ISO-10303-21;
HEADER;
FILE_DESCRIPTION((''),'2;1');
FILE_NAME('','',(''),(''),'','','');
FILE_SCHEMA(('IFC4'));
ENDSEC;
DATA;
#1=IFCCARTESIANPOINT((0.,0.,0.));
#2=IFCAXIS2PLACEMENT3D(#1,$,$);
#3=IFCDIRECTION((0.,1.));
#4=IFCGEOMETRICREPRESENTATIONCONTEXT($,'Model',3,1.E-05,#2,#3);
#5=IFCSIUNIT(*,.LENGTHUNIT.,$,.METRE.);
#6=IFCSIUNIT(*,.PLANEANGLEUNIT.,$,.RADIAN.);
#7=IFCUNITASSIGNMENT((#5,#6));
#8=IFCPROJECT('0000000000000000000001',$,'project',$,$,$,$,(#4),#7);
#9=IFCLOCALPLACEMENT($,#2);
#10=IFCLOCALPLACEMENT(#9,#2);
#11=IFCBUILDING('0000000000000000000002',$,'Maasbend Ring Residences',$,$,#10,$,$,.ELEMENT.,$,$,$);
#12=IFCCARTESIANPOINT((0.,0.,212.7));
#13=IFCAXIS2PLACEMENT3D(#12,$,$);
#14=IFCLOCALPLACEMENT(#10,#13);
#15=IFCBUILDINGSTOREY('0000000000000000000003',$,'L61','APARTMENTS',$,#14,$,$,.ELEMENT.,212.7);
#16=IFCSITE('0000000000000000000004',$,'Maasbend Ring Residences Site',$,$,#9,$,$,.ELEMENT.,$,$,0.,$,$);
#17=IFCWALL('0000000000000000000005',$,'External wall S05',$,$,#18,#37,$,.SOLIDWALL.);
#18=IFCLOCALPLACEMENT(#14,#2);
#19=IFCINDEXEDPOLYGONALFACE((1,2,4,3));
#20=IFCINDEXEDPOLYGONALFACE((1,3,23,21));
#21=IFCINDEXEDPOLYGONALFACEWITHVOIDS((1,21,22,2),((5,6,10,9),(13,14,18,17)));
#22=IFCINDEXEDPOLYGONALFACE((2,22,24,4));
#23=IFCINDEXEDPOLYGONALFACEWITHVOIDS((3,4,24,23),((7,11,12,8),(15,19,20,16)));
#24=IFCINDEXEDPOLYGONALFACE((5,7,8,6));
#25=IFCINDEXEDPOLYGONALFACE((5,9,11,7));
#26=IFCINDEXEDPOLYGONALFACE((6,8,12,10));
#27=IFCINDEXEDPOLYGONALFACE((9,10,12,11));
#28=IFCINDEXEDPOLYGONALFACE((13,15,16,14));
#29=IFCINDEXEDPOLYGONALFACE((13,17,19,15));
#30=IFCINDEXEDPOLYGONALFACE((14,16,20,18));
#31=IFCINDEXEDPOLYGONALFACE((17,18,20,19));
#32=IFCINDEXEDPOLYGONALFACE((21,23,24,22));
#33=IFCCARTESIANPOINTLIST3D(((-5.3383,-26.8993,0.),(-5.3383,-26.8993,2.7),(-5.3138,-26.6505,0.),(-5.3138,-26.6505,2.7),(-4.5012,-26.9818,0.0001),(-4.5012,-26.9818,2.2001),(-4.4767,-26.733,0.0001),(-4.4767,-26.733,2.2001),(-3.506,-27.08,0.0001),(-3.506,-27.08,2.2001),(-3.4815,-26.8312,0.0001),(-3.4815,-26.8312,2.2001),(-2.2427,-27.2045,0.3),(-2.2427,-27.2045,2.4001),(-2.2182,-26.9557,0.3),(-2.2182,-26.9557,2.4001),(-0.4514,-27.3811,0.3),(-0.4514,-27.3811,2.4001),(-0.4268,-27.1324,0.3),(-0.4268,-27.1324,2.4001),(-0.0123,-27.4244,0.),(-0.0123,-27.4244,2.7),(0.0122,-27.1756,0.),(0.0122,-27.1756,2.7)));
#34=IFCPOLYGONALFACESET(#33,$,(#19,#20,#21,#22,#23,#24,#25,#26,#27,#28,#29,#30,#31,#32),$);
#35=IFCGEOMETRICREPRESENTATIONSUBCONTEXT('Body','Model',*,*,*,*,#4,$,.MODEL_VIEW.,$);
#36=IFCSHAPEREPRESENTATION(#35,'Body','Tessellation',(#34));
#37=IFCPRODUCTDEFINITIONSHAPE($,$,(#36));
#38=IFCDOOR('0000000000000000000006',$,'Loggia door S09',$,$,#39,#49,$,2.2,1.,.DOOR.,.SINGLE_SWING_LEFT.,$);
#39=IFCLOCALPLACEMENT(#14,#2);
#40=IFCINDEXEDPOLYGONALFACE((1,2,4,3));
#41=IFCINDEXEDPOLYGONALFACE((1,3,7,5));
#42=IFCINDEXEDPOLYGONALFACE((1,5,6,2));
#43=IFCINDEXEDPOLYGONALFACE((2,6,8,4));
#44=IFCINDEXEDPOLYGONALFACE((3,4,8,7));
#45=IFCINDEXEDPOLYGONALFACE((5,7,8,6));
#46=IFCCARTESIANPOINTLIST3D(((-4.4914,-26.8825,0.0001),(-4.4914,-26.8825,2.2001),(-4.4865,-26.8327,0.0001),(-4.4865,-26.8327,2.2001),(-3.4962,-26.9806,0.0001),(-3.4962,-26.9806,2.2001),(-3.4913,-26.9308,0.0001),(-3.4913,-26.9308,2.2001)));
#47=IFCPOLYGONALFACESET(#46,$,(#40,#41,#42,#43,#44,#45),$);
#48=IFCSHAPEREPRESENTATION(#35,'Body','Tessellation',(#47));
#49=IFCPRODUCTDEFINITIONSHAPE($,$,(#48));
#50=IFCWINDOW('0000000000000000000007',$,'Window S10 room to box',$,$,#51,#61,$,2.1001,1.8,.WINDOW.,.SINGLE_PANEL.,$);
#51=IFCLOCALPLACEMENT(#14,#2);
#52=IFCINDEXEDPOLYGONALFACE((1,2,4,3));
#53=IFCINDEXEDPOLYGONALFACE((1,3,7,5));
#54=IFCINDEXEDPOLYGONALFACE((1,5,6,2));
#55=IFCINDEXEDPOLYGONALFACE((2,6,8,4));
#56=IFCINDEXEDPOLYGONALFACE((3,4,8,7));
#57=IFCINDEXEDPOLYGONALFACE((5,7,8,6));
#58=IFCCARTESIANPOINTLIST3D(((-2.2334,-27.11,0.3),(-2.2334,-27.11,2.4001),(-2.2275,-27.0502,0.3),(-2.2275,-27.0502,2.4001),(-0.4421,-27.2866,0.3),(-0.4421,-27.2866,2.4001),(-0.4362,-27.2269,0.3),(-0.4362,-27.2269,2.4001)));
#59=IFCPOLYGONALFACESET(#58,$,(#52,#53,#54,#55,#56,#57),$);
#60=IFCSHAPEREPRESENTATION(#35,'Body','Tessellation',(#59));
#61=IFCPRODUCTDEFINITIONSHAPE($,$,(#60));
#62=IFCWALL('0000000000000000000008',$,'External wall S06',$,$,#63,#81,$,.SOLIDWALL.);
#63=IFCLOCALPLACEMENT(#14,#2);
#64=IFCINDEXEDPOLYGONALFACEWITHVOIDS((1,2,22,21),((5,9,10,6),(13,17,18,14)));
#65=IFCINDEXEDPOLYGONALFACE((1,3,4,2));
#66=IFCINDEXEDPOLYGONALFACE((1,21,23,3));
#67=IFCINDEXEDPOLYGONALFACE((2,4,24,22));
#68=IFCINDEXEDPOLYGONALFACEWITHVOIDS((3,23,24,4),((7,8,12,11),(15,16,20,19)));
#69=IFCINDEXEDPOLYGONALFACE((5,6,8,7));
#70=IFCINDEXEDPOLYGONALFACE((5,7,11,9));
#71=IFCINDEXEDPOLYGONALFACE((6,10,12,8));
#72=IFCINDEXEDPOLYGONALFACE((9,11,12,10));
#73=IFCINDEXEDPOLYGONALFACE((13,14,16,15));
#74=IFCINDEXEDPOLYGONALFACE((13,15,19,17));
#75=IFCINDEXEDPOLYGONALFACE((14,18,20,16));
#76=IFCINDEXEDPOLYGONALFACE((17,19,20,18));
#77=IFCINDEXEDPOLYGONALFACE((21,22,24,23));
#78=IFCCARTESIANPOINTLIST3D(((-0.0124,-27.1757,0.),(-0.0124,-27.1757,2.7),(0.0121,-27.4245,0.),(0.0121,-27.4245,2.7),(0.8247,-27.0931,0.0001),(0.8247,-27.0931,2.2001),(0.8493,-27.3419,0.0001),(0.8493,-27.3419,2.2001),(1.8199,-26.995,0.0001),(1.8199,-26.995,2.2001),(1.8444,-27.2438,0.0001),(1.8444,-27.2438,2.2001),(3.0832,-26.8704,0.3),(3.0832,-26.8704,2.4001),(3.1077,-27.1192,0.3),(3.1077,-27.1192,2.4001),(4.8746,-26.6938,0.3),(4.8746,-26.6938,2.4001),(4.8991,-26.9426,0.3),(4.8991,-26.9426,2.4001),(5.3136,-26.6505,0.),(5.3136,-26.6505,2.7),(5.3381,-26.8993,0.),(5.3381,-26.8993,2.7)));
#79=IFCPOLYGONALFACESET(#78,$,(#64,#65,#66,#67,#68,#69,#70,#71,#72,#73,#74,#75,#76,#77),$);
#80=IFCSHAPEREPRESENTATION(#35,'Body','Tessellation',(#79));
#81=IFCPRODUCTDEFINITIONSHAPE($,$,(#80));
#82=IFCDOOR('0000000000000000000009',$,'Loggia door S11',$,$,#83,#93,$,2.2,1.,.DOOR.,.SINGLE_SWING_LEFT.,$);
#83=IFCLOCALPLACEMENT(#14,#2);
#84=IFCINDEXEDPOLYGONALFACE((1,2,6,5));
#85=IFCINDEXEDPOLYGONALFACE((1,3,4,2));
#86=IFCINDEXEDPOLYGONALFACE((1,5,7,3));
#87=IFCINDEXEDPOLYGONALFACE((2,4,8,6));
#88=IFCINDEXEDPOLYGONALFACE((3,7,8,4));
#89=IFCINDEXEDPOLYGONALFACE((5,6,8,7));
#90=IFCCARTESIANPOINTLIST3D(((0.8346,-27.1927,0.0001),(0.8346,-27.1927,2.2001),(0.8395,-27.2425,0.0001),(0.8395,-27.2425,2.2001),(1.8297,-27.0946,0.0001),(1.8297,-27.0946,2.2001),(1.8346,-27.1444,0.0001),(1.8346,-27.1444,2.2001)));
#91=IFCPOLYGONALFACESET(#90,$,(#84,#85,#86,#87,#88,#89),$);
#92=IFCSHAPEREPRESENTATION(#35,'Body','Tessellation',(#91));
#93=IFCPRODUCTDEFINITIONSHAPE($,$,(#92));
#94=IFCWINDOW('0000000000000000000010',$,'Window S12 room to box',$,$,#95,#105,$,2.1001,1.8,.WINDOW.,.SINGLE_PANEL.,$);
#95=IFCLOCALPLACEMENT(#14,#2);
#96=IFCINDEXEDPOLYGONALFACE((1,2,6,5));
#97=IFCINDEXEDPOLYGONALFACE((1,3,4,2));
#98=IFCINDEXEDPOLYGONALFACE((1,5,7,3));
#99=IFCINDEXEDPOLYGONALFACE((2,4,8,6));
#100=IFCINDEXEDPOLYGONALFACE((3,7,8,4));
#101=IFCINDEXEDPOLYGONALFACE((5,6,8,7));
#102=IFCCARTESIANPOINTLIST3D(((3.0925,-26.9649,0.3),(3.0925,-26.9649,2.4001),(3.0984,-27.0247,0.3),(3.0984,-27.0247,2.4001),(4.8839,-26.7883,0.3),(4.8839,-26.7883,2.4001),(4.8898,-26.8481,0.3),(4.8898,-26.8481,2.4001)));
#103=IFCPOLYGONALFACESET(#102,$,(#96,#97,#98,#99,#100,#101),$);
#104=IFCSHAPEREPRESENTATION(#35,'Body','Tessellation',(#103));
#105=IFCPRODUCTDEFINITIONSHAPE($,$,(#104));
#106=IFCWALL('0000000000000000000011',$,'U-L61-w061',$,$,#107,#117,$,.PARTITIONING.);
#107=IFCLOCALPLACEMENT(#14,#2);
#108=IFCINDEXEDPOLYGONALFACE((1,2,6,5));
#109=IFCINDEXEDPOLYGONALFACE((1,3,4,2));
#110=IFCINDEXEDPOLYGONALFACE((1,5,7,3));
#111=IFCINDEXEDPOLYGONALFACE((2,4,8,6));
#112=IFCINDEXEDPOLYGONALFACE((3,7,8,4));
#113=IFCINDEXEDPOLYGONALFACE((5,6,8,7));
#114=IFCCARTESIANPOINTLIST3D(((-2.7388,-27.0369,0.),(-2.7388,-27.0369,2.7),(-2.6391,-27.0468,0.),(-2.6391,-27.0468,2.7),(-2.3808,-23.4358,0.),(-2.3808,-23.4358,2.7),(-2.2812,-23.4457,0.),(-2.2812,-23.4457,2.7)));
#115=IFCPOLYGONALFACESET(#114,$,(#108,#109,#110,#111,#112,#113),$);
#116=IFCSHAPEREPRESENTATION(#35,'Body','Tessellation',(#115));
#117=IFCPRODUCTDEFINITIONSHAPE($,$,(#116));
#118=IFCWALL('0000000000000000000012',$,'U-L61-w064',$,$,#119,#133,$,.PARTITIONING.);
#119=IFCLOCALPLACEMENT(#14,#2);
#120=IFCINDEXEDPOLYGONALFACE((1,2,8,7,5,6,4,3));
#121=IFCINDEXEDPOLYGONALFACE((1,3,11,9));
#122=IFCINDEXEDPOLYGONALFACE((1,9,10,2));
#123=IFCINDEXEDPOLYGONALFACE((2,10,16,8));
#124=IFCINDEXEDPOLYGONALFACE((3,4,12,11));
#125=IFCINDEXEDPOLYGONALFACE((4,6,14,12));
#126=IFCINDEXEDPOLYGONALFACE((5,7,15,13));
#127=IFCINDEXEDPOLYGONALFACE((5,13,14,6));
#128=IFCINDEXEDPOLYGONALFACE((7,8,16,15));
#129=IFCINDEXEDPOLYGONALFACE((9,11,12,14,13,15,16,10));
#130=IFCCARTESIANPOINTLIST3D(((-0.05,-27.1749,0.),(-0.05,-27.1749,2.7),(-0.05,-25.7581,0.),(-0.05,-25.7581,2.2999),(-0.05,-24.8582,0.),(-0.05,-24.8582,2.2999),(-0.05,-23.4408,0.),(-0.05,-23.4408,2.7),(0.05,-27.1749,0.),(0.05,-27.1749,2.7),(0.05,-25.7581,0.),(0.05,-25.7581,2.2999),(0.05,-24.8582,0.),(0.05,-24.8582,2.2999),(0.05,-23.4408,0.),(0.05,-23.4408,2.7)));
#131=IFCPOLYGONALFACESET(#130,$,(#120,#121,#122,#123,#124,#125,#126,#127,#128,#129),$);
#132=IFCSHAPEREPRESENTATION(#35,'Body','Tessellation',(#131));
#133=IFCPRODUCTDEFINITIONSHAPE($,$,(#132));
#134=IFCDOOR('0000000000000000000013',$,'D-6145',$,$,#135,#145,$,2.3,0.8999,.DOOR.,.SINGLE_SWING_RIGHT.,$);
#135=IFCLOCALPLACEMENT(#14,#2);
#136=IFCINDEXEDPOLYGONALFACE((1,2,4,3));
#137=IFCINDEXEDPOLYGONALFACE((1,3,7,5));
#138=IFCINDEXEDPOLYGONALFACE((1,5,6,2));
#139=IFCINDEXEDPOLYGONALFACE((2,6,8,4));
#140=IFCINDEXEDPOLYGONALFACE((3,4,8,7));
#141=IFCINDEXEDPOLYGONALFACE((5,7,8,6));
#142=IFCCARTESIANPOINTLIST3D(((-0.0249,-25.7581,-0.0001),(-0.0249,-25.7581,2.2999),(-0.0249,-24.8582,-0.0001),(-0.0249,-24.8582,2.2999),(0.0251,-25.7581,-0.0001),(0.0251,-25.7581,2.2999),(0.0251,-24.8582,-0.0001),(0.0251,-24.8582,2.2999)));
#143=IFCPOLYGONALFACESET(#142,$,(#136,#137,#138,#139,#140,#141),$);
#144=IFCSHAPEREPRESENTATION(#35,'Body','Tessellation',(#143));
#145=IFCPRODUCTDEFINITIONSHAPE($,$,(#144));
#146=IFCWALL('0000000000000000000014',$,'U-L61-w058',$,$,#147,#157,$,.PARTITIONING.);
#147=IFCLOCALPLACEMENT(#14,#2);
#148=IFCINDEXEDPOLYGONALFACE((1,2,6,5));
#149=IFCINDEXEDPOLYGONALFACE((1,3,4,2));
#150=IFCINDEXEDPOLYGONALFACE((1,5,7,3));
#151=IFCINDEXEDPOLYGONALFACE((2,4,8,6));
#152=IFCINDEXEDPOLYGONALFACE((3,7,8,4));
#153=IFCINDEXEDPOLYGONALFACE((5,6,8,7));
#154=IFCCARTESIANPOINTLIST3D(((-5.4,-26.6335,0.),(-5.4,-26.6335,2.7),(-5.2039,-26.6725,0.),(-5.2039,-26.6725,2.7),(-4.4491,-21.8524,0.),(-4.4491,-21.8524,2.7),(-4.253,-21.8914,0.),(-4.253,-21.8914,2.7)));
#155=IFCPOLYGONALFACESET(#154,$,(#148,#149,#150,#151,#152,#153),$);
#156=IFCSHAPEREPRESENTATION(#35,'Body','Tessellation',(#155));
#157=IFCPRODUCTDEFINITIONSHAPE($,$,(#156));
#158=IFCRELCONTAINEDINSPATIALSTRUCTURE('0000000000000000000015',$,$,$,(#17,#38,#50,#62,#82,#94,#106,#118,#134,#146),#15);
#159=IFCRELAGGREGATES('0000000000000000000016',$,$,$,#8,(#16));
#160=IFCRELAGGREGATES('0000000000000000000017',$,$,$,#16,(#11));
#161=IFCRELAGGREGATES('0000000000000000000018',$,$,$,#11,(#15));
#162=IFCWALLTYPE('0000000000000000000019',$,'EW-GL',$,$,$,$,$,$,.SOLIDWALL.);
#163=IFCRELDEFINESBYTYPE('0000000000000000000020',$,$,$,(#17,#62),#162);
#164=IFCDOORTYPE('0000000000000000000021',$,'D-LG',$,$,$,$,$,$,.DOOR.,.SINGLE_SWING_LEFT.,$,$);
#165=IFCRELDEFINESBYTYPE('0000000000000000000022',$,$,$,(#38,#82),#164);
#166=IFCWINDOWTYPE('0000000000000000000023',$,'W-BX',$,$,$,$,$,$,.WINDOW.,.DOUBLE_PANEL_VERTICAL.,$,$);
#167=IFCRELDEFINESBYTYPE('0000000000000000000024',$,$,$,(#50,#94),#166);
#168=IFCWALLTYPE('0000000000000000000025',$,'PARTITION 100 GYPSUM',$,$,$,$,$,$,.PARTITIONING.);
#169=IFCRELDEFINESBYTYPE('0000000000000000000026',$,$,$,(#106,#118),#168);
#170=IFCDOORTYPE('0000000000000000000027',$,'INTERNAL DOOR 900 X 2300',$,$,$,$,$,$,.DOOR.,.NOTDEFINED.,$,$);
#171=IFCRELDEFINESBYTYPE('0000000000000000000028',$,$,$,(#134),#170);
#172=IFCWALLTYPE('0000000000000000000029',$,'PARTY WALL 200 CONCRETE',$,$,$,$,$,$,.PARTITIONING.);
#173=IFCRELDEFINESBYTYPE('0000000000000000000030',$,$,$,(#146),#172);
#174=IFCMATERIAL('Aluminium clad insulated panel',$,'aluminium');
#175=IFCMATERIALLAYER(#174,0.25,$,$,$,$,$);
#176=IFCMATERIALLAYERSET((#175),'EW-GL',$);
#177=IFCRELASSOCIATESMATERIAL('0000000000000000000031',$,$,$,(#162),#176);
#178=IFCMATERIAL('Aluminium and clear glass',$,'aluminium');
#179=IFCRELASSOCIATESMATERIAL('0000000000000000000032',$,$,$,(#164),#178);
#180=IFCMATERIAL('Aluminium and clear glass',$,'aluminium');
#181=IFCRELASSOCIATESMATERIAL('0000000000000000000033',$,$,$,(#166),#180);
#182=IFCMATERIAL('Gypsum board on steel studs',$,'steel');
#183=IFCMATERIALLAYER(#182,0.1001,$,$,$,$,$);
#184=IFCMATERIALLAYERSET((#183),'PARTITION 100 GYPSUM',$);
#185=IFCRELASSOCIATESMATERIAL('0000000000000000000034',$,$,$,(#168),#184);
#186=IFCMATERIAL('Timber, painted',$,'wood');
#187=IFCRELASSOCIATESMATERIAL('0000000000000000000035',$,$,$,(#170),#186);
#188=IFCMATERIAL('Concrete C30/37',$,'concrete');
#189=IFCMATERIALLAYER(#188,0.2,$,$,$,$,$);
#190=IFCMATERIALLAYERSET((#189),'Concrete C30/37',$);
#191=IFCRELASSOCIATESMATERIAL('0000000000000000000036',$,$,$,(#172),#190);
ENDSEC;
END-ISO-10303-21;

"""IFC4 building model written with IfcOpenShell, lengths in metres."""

from ifc_helpers import new_model, si_unit, direction, frame, frame_2d, origin, place, context, subcontext, project, spatial, rectangle, extrude, material, layer, layer_set, type_object, element, fill, save


model = new_model("IFC4")

# Units and contexts
model_context = context("Model", 3, precision=1e-05, world=origin(), true_north=direction((0.0, 1.0)))
body_context = subcontext(model_context, "Body", "Model", "MODEL_VIEW")
ifc_project = project(units=[si_unit("LENGTHUNIT", "METRE"), si_unit("PLANEANGLEUNIT", "RADIAN")], contexts=[model_context])

# Site, building, storey
site_placement = place(None, origin())
site = spatial("IfcSite", under=ifc_project, at=site_placement, Name="Maasbend Ring Residences Site", CompositionType="ELEMENT", RefElevation=0.0)
building_placement = place(site_placement, origin())
building = spatial("IfcBuilding", under=site, at=building_placement, Name="Maasbend Ring Residences", CompositionType="ELEMENT")
storey_placement = place(building_placement, frame((0.0, 0.0, 212.7)))
storey = spatial("IfcBuildingStorey", under=building, at=storey_placement, Name="L61", Description="APARTMENTS", CompositionType="ELEMENT", Elevation=212.7)

# Walls, openings, doors, windows
ifc_material_1 = material(Name="Aluminium clad insulated panel", Category="aluminium")
ifc_layer_1 = layer(ifc_material_1, 0.25)
ifc_layer_set_1 = layer_set([ifc_layer_1], Name="EW-GL")
wall_type_1 = type_object("IfcWallType", Name="EW-GL", PredefinedType="SOLIDWALL", material=ifc_layer_set_1)
wall_1_placement = place(storey_placement, frame((-5.3259, -26.7749, 0.0), z_axis=(0.0, 0.0, 1.0), x_axis=(0.995174, -0.098126, 0.0)))
wall_1 = element("IfcWall", 1, at=wall_1_placement, inside=storey, type_object=wall_type_1, Name="External wall S05", PredefinedType="SOLIDWALL", context=body_context, shape_type="SweptSolid", body=[
    extrude(rectangle(XDim=5.3518, YDim=0.25, at=frame_2d((2.6758, 0.0))), origin(), (0.0, 0.0, 1.0), 2.7),
])
opening_1_placement = place(wall_1_placement, frame((0.8411, 0.0, 0.0)))
opening_1 = element("IfcOpeningElement", 2, at=opening_1_placement, cuts=wall_1, PredefinedType="OPENING", context=body_context, shape_type="SweptSolid", body=[
    extrude(rectangle(XDim=1.0, YDim=2.2, at=frame_2d((0.5, 1.1001))), frame((0.0, 0.135, 0.0), z_axis=(0.0, -1.0, 0.0), x_axis=(1.0, 0.0, 0.0)), (0.0, 0.0, 1.0), 0.27),
])
opening_2_placement = place(wall_1_placement, frame((3.1106, 0.0, 0.3)))
opening_2 = element("IfcOpeningElement", 3, at=opening_2_placement, cuts=wall_1, PredefinedType="OPENING", context=body_context, shape_type="SweptSolid", body=[
    extrude(rectangle(XDim=1.8, YDim=2.1001, at=frame_2d((0.8999, 1.05))), frame((0.0, 0.135, 0.0), z_axis=(0.0, -1.0, 0.0), x_axis=(1.0, 0.0, 0.0)), (0.0, 0.0, 1.0), 0.27),
])
ifc_material_2 = material(Name="Aluminium and clear glass", Category="aluminium")
door_type_1 = type_object("IfcDoorType", Name="D-LG", OperationType="SINGLE_SWING_LEFT", PredefinedType="DOOR", material=ifc_material_2)
door_1_placement = place(opening_1_placement, origin())
door_1 = element("IfcDoor", 4, at=door_1_placement, inside=storey, type_object=door_type_1, Name="Loggia door S09", OperationType="SINGLE_SWING_LEFT", OverallHeight=2.2, OverallWidth=1.0, PredefinedType="DOOR", context=body_context, shape_type="SweptSolid", body=[
    extrude(rectangle(XDim=1.0, YDim=2.2, at=frame_2d((0.5, 1.1001))), frame((0.0, 0.0249, 0.0), z_axis=(0.0, -1.0, 0.0), x_axis=(1.0, 0.0, 0.0)), (0.0, 0.0, 1.0), 0.05),
])
fill(opening_1, door_1)
ifc_material_3 = material(Name="Aluminium and clear glass", Category="aluminium")
window_type_1 = type_object("IfcWindowType", Name="W-BX", PartitioningType="DOUBLE_PANEL_VERTICAL", PredefinedType="WINDOW", material=ifc_material_3)
window_1_placement = place(opening_2_placement, origin())
window_1 = element("IfcWindow", 5, at=window_1_placement, inside=storey, type_object=window_type_1, Name="Window S10 room to box", OverallHeight=2.1001, OverallWidth=1.8, PartitioningType="SINGLE_PANEL", PredefinedType="WINDOW", context=body_context, shape_type="SweptSolid", body=[
    extrude(rectangle(XDim=1.8, YDim=2.1001, at=frame_2d((0.8999, 1.05))), frame((0.0, 0.03, 0.0), z_axis=(0.0, -1.0, 0.0), x_axis=(1.0, 0.0, 0.0)), (0.0, 0.0, 1.0), 0.0601),
])
fill(opening_2, window_1)
wall_2_placement = place(storey_placement, frame((0.0, -27.3, 0.0), z_axis=(0.0, 0.0, 1.0), x_axis=(0.995174, 0.098126, 0.0)))
wall_2 = element("IfcWall", 6, at=wall_2_placement, inside=storey, type_object=wall_type_1, Name="External wall S06", PredefinedType="SOLIDWALL", context=body_context, shape_type="SweptSolid", body=[
    extrude(rectangle(XDim=5.3518, YDim=0.25, at=frame_2d((2.6758, 0.0))), origin(), (0.0, 0.0, 1.0), 2.7),
])
opening_3_placement = place(wall_2_placement, frame((0.8411, 0.0, 0.0)))
opening_3 = element("IfcOpeningElement", 7, at=opening_3_placement, cuts=wall_2, PredefinedType="OPENING", context=body_context, shape_type="SweptSolid", body=[
    extrude(rectangle(XDim=1.0, YDim=2.2, at=frame_2d((0.5, 1.1001))), frame((0.0, 0.135, 0.0), z_axis=(0.0, -1.0, 0.0), x_axis=(1.0, 0.0, 0.0)), (0.0, 0.0, 1.0), 0.27),
])
opening_4_placement = place(wall_2_placement, frame((3.1106, 0.0, 0.3)))
opening_4 = element("IfcOpeningElement", 8, at=opening_4_placement, cuts=wall_2, PredefinedType="OPENING", context=body_context, shape_type="SweptSolid", body=[
    extrude(rectangle(XDim=1.8, YDim=2.1001, at=frame_2d((0.8999, 1.05))), frame((0.0, 0.135, 0.0), z_axis=(0.0, -1.0, 0.0), x_axis=(1.0, 0.0, 0.0)), (0.0, 0.0, 1.0), 0.27),
])
door_2_placement = place(opening_3_placement, origin())
door_2 = element("IfcDoor", 9, at=door_2_placement, inside=storey, type_object=door_type_1, Name="Loggia door S11", OperationType="SINGLE_SWING_LEFT", OverallHeight=2.2, OverallWidth=1.0, PredefinedType="DOOR", context=body_context, shape_type="SweptSolid", body=[
    extrude(rectangle(XDim=1.0, YDim=2.2, at=frame_2d((0.5, 1.1001))), frame((0.0, 0.0249, 0.0), z_axis=(0.0, -1.0, 0.0), x_axis=(1.0, 0.0, 0.0)), (0.0, 0.0, 1.0), 0.05),
])
fill(opening_3, door_2)
window_2_placement = place(opening_4_placement, origin())
window_2 = element("IfcWindow", 10, at=window_2_placement, inside=storey, type_object=window_type_1, Name="Window S12 room to box", OverallHeight=2.1001, OverallWidth=1.8, PartitioningType="SINGLE_PANEL", PredefinedType="WINDOW", context=body_context, shape_type="SweptSolid", body=[
    extrude(rectangle(XDim=1.8, YDim=2.1001, at=frame_2d((0.8999, 1.05))), frame((0.0, 0.03, 0.0), z_axis=(0.0, -1.0, 0.0), x_axis=(1.0, 0.0, 0.0)), (0.0, 0.0, 1.0), 0.0601),
])
fill(opening_4, window_2)

# Wall
ifc_material_4 = material(Name="Gypsum board on steel studs", Category="steel")
ifc_layer_2 = layer(ifc_material_4, 0.1001)
ifc_layer_set_2 = layer_set([ifc_layer_2], Name="PARTITION 100 GYPSUM")
wall_type_2 = type_object("IfcWallType", Name="PARTITION 100 GYPSUM", PredefinedType="PARTITIONING", material=ifc_layer_set_2)
wall_3_placement = place(storey_placement, frame((-2.689, -27.042, 0.0), z_axis=(0.0, 0.0, 1.0), x_axis=(0.098903, 0.995097, 0.0)))
element("IfcWall", 11, at=wall_3_placement, inside=storey, type_object=wall_type_2, Name="U-L61-w061", PredefinedType="PARTITIONING", context=body_context, shape_type="SweptSolid", body=[
    extrude(rectangle(XDim=3.6189, YDim=0.1001, at=frame_2d((1.8096, 0.0))), origin(), (0.0, 0.0, 1.0), 2.7),
])

# Wall, opening, door
wall_4_placement = place(storey_placement, frame((0.0, -27.175, 0.0), z_axis=(0.0, 0.0, 1.0), x_axis=(0.0, 1.0, 0.0)))
wall_4 = element("IfcWall", 12, at=wall_4_placement, inside=storey, type_object=wall_type_2, Name="U-L61-w064", PredefinedType="PARTITIONING", context=body_context, shape_type="SweptSolid", body=[
    extrude(rectangle(XDim=3.7341, YDim=0.1001, at=frame_2d((1.8672, 0.0))), origin(), (0.0, 0.0, 1.0), 2.7),
])
opening_5_placement = place(wall_4_placement, frame((1.417, 0.0, 0.0)))
opening_5 = element("IfcOpeningElement", 13, at=opening_5_placement, cuts=wall_4, PredefinedType="OPENING", context=body_context, shape_type="SweptSolid", body=[
    extrude(rectangle(XDim=0.8999, YDim=2.3, at=frame_2d((0.45, 1.1499))), frame((0.0, 0.0601, 0.0), z_axis=(0.0, -1.0, 0.0), x_axis=(1.0, 0.0, 0.0)), (0.0, 0.0, 1.0), 0.1201),
])
ifc_material_5 = material(Name="Timber, painted", Category="wood")
door_type_2 = type_object("IfcDoorType", Name="INTERNAL DOOR 900 X 2300", OperationType="NOTDEFINED", PredefinedType="DOOR", material=ifc_material_5)
door_3_placement = place(opening_5_placement, origin())
door_3 = element("IfcDoor", 14, at=door_3_placement, inside=storey, type_object=door_type_2, Name="D-6145", OperationType="SINGLE_SWING_RIGHT", OverallHeight=2.3, OverallWidth=0.8999, PredefinedType="DOOR", context=body_context, shape_type="SweptSolid", body=[
    extrude(rectangle(XDim=0.8999, YDim=2.3, at=frame_2d((0.45, 1.1499))), frame((0.0, 0.0249, 0.0), z_axis=(0.0, -1.0, 0.0), x_axis=(1.0, 0.0, 0.0)), (0.0, 0.0, 1.0), 0.05),
])
fill(opening_5, door_3)

# Wall
ifc_material_6 = material(Name="Concrete C30/37", Category="concrete")
ifc_layer_3 = layer(ifc_material_6, 0.2)
ifc_layer_set_3 = layer_set([ifc_layer_3], Name="Concrete C30/37")
wall_type_3 = type_object("IfcWallType", Name="PARTY WALL 200 CONCRETE", PredefinedType="PARTITIONING", material=ifc_layer_set_3)
wall_5_placement = place(storey_placement, frame((-5.302, -26.6531, 0.0), z_axis=(0.0, 0.0, 1.0), x_axis=(0.195076, 0.980788, 0.0)))
element("IfcWall", 15, at=wall_5_placement, inside=storey, type_object=wall_type_3, Name="U-L61-w058", PredefinedType="PARTITIONING", context=body_context, shape_type="SweptSolid", body=[
    extrude(rectangle(XDim=4.8748, YDim=0.2, at=frame_2d((2.4375, 0.0))), origin(), (0.0, 0.0, 1.0), 2.7),
])

save(model, "model.ifc")
